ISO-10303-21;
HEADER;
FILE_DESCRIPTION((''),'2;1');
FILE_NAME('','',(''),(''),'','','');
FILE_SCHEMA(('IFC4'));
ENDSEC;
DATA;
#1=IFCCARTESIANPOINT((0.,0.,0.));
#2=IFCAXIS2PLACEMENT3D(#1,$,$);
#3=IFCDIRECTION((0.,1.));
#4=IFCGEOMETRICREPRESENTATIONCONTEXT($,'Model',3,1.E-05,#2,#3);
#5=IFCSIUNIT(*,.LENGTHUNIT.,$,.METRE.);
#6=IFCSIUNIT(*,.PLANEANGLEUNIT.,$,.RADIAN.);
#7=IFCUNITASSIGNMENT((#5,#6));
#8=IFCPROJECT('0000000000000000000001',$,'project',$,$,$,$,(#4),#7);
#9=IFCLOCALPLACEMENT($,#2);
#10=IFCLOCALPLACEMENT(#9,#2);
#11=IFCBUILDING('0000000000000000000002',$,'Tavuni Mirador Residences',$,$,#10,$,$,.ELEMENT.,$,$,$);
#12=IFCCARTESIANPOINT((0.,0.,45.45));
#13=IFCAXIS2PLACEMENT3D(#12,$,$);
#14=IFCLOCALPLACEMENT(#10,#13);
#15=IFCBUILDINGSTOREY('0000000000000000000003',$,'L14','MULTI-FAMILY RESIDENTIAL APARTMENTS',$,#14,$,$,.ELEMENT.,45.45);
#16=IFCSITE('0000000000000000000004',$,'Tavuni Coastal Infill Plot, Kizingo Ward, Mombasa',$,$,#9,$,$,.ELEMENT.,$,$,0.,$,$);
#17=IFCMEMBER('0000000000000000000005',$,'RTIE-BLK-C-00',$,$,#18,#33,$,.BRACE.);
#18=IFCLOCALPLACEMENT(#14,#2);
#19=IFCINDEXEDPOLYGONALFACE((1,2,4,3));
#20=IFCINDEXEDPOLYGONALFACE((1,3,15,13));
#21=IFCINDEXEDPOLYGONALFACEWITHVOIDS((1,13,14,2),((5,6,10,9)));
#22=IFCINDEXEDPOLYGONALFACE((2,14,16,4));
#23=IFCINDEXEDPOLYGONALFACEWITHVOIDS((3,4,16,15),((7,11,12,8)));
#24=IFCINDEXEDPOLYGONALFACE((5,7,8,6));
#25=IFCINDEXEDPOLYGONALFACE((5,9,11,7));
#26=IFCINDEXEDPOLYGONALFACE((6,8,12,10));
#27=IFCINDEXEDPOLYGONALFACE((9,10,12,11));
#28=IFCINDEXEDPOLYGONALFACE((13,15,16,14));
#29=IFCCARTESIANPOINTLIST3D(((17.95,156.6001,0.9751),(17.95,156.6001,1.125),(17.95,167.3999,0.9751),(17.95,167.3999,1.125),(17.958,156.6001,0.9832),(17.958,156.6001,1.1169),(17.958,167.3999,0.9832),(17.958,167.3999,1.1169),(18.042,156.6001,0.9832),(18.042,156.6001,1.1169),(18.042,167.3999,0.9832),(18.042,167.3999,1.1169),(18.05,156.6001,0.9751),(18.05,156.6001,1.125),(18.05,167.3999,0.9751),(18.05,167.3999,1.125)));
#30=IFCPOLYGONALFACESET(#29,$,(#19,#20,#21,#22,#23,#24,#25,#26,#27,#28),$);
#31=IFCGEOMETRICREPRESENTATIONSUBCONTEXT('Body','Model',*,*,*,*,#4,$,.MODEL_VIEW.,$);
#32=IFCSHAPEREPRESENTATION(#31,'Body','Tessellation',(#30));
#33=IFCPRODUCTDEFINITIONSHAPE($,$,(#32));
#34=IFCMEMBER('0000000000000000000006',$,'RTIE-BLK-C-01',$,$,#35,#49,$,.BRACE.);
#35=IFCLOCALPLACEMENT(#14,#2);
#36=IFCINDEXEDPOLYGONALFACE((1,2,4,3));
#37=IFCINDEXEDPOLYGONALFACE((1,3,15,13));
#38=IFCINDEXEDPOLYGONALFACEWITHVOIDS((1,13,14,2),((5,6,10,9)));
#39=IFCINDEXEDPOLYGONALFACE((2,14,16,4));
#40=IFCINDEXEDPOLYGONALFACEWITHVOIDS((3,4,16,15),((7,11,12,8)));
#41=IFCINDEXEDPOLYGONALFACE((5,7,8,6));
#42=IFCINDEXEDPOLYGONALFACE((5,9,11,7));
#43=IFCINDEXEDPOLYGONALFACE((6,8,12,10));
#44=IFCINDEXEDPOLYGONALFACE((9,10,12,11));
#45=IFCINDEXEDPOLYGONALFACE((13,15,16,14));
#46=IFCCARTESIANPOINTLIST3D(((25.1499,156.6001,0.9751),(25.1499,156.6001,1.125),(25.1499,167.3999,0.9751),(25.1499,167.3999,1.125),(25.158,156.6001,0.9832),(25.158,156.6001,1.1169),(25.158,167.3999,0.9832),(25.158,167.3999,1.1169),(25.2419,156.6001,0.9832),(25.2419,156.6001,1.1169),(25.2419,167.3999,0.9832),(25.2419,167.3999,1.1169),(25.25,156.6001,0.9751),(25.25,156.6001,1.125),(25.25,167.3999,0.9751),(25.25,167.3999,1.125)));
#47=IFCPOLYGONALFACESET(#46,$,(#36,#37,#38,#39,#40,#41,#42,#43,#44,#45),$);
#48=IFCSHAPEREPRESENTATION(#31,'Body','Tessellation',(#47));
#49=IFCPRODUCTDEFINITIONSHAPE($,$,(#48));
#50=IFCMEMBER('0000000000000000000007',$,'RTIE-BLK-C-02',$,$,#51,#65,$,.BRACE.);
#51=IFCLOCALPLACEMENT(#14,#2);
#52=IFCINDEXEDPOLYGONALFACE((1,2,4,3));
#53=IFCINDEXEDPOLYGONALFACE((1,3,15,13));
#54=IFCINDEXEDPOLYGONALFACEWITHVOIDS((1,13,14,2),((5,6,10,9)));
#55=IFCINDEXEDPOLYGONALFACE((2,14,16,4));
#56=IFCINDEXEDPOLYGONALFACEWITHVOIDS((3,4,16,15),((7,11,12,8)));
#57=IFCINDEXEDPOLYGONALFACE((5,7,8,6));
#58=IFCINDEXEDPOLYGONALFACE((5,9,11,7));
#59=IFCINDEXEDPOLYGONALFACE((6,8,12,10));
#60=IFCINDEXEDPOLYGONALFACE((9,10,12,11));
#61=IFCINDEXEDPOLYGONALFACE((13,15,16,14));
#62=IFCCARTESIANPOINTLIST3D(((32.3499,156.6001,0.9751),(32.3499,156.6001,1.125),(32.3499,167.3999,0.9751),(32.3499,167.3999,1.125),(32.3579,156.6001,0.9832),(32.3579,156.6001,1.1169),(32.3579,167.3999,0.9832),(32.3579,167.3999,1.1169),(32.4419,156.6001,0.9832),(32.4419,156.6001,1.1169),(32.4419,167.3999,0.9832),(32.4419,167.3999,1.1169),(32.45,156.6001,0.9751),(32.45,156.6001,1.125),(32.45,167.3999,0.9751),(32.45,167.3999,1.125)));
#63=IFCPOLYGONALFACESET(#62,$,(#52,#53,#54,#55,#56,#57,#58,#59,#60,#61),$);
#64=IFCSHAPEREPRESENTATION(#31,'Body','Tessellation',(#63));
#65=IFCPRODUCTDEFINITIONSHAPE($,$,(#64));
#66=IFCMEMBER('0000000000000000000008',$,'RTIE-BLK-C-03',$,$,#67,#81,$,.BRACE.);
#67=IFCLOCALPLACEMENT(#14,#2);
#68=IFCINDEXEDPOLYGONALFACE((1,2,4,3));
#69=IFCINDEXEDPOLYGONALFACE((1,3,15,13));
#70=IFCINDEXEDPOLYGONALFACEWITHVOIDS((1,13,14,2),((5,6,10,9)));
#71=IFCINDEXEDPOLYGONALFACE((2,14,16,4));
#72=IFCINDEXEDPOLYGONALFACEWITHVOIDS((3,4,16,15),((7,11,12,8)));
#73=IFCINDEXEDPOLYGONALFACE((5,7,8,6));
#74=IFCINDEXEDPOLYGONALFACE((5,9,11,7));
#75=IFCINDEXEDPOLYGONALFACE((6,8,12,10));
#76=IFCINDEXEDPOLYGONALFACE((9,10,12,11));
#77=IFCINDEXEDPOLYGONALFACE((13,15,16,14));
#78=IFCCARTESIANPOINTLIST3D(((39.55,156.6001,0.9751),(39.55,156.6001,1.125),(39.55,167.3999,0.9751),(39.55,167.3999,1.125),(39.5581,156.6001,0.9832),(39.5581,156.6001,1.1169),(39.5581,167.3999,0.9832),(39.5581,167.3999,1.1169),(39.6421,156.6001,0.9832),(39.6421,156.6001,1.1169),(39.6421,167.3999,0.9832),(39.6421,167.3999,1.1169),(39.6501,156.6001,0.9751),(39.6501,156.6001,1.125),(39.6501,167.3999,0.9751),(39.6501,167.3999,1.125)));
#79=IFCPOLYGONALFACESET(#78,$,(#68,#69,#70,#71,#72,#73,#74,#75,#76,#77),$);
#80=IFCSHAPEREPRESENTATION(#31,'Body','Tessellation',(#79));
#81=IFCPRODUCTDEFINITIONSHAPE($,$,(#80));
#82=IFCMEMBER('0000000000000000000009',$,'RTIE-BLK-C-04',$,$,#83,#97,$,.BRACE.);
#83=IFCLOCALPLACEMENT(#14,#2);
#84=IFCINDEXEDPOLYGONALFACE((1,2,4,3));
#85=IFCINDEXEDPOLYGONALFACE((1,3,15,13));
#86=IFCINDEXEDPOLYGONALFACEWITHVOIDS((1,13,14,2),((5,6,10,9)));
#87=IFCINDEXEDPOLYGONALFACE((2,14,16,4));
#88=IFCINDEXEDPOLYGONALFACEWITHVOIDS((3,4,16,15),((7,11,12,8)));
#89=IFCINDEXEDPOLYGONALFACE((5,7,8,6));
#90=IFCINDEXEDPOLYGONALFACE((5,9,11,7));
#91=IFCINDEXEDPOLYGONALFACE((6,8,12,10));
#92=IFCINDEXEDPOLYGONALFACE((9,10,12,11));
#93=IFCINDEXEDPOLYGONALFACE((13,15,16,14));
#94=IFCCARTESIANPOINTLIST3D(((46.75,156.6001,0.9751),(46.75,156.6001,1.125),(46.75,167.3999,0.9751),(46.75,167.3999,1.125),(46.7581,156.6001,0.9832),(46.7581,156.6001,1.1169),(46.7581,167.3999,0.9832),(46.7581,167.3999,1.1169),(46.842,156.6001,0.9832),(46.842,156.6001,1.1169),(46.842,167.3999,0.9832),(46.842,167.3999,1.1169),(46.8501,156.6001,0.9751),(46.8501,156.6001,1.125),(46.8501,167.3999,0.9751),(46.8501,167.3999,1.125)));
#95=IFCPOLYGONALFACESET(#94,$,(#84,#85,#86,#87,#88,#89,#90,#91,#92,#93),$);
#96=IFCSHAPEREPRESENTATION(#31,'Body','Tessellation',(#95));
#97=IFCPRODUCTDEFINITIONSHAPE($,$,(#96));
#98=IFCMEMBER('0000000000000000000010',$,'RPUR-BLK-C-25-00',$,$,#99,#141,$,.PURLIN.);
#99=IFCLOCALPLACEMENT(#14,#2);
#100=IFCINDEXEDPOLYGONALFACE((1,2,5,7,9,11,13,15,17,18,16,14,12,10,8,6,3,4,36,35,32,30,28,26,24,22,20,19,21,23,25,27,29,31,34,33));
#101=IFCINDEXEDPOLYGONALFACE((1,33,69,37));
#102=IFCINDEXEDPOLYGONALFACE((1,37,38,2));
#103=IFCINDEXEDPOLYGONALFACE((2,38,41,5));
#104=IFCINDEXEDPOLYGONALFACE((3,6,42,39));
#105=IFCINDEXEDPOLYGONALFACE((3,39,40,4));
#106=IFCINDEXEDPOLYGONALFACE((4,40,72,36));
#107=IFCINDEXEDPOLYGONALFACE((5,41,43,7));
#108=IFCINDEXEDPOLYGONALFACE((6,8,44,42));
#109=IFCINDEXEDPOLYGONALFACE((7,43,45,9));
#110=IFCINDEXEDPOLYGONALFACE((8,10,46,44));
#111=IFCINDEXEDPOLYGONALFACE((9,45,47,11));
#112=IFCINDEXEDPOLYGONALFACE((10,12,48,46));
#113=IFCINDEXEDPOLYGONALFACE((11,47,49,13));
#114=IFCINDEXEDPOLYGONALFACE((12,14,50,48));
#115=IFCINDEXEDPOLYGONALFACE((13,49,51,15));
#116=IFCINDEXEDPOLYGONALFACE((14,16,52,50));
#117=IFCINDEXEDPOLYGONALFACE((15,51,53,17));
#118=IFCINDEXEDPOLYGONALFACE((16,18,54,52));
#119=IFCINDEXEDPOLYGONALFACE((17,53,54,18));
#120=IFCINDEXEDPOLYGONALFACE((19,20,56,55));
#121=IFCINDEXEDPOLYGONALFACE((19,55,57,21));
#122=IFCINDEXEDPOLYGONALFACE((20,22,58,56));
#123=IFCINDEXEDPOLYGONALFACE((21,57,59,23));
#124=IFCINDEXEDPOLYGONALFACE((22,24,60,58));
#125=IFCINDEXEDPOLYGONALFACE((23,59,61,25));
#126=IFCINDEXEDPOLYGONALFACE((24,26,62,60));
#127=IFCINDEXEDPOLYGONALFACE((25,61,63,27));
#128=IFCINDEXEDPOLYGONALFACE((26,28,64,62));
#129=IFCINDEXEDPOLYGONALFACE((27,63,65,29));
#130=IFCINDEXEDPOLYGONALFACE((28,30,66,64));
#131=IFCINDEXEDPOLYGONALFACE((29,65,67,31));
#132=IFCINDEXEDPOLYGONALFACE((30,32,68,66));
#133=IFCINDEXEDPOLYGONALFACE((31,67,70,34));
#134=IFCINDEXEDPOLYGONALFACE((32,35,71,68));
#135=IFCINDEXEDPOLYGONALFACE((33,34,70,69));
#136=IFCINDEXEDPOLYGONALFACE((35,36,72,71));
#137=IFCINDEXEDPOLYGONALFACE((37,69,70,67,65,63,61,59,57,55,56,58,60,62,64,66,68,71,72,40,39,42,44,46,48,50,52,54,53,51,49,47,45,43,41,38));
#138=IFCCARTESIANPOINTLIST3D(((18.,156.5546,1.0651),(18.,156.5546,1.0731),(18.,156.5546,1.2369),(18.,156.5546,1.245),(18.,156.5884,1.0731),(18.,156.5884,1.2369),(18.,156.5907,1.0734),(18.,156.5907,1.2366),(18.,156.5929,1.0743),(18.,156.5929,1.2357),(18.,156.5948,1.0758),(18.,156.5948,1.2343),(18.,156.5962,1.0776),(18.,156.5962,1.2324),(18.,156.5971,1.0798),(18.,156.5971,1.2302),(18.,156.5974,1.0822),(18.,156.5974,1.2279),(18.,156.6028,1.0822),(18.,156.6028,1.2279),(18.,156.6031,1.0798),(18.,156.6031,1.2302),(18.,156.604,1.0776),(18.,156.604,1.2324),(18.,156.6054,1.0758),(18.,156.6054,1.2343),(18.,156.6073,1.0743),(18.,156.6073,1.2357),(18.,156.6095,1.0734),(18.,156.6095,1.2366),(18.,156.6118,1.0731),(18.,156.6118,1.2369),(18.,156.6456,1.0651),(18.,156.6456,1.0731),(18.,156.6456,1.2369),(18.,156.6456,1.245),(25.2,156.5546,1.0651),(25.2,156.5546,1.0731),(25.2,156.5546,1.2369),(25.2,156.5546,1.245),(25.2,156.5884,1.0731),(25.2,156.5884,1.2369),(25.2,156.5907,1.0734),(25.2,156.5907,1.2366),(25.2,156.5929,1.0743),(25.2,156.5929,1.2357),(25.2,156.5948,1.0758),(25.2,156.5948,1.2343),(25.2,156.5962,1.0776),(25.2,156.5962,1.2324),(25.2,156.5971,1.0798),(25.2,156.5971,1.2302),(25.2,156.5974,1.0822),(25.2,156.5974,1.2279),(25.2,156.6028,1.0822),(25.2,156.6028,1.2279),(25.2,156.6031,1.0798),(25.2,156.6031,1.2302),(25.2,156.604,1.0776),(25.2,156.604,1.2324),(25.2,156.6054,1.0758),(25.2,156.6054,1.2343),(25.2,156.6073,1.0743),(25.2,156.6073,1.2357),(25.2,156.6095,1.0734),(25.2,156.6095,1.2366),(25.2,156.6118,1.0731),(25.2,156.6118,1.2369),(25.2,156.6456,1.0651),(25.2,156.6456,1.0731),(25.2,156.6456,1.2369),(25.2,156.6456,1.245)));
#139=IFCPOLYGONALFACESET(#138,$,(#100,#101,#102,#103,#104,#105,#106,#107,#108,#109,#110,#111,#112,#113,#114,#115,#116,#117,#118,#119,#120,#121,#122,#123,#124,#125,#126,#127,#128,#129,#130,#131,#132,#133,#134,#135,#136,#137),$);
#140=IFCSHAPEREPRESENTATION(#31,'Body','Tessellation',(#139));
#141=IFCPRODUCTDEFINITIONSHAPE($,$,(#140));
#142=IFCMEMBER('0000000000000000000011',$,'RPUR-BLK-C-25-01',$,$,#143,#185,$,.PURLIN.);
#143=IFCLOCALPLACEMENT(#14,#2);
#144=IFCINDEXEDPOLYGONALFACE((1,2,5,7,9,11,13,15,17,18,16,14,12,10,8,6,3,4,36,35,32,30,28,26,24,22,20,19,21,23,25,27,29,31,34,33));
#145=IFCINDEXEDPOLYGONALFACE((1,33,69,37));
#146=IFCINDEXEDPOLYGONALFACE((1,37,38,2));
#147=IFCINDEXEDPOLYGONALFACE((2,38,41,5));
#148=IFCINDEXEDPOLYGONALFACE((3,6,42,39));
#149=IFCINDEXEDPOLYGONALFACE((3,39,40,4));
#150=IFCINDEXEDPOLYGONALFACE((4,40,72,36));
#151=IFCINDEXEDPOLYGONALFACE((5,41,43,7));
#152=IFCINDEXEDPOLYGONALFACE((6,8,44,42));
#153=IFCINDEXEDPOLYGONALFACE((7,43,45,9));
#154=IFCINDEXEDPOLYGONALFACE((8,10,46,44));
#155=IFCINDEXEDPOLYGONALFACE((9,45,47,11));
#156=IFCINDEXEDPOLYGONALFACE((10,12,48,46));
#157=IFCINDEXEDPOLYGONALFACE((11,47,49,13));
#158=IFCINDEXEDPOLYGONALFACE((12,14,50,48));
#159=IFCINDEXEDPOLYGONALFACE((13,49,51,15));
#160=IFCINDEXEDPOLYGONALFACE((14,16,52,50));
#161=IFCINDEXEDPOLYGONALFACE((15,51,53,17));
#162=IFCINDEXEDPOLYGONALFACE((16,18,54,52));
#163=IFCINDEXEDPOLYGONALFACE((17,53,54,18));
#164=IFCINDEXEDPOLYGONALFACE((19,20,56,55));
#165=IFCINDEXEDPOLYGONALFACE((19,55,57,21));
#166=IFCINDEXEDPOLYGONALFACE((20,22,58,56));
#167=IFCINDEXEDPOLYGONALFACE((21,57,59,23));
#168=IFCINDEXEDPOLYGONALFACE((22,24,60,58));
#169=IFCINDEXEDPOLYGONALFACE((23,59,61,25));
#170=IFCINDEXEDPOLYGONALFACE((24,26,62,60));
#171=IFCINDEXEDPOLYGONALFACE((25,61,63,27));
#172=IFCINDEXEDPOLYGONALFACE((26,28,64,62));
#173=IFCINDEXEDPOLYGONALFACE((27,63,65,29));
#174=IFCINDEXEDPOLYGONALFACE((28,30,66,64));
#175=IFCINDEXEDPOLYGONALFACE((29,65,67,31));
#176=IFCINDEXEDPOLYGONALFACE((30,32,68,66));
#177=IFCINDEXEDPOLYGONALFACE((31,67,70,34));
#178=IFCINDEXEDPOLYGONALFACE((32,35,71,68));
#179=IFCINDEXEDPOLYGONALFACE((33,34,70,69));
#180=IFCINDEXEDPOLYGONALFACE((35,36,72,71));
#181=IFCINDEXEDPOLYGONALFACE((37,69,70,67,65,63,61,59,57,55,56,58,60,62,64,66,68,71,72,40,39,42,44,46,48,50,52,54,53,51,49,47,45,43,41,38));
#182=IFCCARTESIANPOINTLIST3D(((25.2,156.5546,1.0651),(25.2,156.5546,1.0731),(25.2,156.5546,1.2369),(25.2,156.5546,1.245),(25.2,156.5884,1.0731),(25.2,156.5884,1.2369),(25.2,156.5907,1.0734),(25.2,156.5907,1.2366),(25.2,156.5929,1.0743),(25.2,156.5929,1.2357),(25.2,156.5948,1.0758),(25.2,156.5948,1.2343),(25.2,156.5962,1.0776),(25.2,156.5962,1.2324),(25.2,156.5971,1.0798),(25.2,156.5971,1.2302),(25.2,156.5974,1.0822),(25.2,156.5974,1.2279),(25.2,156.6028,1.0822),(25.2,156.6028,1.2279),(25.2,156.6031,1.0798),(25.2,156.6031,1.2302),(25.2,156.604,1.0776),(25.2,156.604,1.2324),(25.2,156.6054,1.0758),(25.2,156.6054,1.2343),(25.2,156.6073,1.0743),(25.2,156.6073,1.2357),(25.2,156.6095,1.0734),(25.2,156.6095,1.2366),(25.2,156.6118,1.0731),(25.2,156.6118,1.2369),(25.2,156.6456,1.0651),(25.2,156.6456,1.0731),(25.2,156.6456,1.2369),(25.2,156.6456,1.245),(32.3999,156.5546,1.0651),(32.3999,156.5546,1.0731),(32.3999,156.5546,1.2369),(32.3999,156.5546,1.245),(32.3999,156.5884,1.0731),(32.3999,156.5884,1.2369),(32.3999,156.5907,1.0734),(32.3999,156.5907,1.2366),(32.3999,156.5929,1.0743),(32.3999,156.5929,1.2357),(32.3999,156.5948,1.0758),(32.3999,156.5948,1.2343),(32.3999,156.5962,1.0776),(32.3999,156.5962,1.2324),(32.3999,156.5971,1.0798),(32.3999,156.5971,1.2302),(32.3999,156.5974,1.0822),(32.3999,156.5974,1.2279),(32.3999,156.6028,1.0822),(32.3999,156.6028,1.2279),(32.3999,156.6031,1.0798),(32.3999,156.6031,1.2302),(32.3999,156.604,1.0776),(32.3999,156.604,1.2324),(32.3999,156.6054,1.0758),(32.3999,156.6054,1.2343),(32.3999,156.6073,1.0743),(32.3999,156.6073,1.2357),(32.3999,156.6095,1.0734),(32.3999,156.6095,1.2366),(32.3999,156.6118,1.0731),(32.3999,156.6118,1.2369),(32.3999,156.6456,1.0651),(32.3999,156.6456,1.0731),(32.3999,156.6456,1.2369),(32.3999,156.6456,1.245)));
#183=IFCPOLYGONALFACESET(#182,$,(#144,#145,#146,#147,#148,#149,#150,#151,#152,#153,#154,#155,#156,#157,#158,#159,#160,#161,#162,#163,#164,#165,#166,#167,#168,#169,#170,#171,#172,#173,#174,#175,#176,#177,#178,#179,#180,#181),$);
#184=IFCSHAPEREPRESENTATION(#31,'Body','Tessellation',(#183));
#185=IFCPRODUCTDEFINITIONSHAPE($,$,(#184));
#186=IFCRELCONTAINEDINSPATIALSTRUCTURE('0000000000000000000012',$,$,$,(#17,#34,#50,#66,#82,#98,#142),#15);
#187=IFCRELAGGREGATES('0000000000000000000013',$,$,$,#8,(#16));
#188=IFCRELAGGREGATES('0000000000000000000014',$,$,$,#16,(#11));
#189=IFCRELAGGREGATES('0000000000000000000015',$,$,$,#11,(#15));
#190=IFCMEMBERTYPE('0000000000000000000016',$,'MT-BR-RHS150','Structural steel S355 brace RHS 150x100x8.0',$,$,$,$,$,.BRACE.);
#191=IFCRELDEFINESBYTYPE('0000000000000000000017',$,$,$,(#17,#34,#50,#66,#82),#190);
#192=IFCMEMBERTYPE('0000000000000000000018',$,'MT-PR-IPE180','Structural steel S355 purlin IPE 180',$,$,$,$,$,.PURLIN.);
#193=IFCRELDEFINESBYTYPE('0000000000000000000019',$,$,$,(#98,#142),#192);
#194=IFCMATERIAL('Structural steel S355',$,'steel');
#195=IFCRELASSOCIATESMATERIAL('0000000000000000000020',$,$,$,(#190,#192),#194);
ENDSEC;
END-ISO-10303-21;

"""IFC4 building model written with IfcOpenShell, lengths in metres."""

from ifc_helpers import new_model, si_unit, direction, frame, origin, origin_2d, place, context, subcontext, project, spatial, hollow_rectangle, i_section, extrude, material, material_profile, profile_set, type_object, element, save


model = new_model("IFC4")

# Units and contexts
model_context = context("Model", 3, precision=1e-05, world=origin(), true_north=direction((0.0, 1.0)))
body_context = subcontext(model_context, "Body", "Model", "MODEL_VIEW")
ifc_project = project(units=[si_unit("LENGTHUNIT", "METRE"), si_unit("PLANEANGLEUNIT", "RADIAN")], contexts=[model_context])

# Site, building, storey
site_placement = place(None, origin())
site = spatial("IfcSite", under=ifc_project, at=site_placement, Name="Tavuni Coastal Infill Plot, Kizingo Ward, Mombasa", CompositionType="ELEMENT", RefElevation=0.0)
building_placement = place(site_placement, origin())
building = spatial("IfcBuilding", under=site, at=building_placement, Name="Tavuni Mirador Residences", CompositionType="ELEMENT")
storey_placement = place(building_placement, frame((0.0, 0.0, 45.45)))
storey = spatial("IfcBuildingStorey", under=building, at=storey_placement, Name="L14", Description="MULTI-FAMILY RESIDENTIAL APARTMENTS", CompositionType="ELEMENT", Elevation=45.45)

# Members
ifc_material_1 = material(Name="Structural steel S355", Category="steel")
ifc_material_profile_1 = material_profile(ifc_material_1, hollow_rectangle(XDim=0.1001, YDim=0.1499, WallThickness=0.0081, at=origin_2d()), Name="RHS 150x100x8.0", Category="steel")
ifc_profile_set_1 = profile_set([ifc_material_profile_1], Name="Structural steel S355")
member_type_1 = type_object("IfcMemberType", Name="MT-BR-RHS150", Description="Structural steel S355 brace RHS 150x100x8.0", PredefinedType="BRACE", material=ifc_profile_set_1)
for number, where, z_axis, x_axis, name in (
    (1, (18.0, 156.6001, 1.05), (0.0, 1.0, 0.0), (-1.0, 0.0, 0.0), "RTIE-BLK-C-00"),
    (2, (25.2, 156.6001, 1.05), (0.0, 1.0, 0.0), (-1.0, 0.0, 0.0), "RTIE-BLK-C-01"),
    (3, (32.3999, 156.6001, 1.05), (0.0, 1.0, 0.0), (-1.0, 0.0, 0.0), "RTIE-BLK-C-02"),
    (4, (39.6001, 156.6001, 1.05), (0.0, 1.0, 0.0), (-1.0, 0.0, 0.0), "RTIE-BLK-C-03"),
    (5, (46.8, 156.6001, 1.05), (0.0, 1.0, 0.0), (-1.0, 0.0, 0.0), "RTIE-BLK-C-04"),
):
    element("IfcMember", number, at=place(storey_placement, frame(where, z_axis=z_axis, x_axis=x_axis)), inside=storey, type_object=member_type_1, Name=name, PredefinedType="BRACE", context=body_context, shape_type="SweptSolid", body=[
        extrude(hollow_rectangle(XDim=0.1001, YDim=0.1499, WallThickness=0.0081, at=origin_2d()), origin(), (0.0, 0.0, 1.0), 10.7998),
    ])
ifc_material_profile_2 = material_profile(ifc_material_1, i_section(OverallWidth=0.0911, OverallDepth=0.1799, WebThickness=0.0054, FlangeThickness=0.0081, FilletRadius=0.009, at=origin_2d()), Name="IPE 180", Category="steel")
ifc_profile_set_2 = profile_set([ifc_material_profile_2], Name="Structural steel S355")
member_type_2 = type_object("IfcMemberType", Name="MT-PR-IPE180", Description="Structural steel S355 purlin IPE 180", PredefinedType="PURLIN", material=ifc_profile_set_2)
for number, where, z_axis, x_axis, name in (
    (6, (18.0, 156.6001, 1.155), (1.0, 0.0, 0.0), (0.0, 1.0, 0.0), "RPUR-BLK-C-25-00"),
    (7, (25.2, 156.6001, 1.155), (1.0, 0.0, 0.0), (0.0, 1.0, 0.0), "RPUR-BLK-C-25-01"),
):
    element("IfcMember", number, at=place(storey_placement, frame(where, z_axis=z_axis, x_axis=x_axis)), inside=storey, type_object=member_type_2, Name=name, PredefinedType="PURLIN", context=body_context, shape_type="SweptSolid", body=[
        extrude(i_section(OverallWidth=0.0911, OverallDepth=0.1799, WebThickness=0.0054, FlangeThickness=0.0081, FilletRadius=0.009, at=origin_2d()), origin(), (0.0, 0.0, 1.0), 7.2),
    ])

save(model, "model.ifc")
